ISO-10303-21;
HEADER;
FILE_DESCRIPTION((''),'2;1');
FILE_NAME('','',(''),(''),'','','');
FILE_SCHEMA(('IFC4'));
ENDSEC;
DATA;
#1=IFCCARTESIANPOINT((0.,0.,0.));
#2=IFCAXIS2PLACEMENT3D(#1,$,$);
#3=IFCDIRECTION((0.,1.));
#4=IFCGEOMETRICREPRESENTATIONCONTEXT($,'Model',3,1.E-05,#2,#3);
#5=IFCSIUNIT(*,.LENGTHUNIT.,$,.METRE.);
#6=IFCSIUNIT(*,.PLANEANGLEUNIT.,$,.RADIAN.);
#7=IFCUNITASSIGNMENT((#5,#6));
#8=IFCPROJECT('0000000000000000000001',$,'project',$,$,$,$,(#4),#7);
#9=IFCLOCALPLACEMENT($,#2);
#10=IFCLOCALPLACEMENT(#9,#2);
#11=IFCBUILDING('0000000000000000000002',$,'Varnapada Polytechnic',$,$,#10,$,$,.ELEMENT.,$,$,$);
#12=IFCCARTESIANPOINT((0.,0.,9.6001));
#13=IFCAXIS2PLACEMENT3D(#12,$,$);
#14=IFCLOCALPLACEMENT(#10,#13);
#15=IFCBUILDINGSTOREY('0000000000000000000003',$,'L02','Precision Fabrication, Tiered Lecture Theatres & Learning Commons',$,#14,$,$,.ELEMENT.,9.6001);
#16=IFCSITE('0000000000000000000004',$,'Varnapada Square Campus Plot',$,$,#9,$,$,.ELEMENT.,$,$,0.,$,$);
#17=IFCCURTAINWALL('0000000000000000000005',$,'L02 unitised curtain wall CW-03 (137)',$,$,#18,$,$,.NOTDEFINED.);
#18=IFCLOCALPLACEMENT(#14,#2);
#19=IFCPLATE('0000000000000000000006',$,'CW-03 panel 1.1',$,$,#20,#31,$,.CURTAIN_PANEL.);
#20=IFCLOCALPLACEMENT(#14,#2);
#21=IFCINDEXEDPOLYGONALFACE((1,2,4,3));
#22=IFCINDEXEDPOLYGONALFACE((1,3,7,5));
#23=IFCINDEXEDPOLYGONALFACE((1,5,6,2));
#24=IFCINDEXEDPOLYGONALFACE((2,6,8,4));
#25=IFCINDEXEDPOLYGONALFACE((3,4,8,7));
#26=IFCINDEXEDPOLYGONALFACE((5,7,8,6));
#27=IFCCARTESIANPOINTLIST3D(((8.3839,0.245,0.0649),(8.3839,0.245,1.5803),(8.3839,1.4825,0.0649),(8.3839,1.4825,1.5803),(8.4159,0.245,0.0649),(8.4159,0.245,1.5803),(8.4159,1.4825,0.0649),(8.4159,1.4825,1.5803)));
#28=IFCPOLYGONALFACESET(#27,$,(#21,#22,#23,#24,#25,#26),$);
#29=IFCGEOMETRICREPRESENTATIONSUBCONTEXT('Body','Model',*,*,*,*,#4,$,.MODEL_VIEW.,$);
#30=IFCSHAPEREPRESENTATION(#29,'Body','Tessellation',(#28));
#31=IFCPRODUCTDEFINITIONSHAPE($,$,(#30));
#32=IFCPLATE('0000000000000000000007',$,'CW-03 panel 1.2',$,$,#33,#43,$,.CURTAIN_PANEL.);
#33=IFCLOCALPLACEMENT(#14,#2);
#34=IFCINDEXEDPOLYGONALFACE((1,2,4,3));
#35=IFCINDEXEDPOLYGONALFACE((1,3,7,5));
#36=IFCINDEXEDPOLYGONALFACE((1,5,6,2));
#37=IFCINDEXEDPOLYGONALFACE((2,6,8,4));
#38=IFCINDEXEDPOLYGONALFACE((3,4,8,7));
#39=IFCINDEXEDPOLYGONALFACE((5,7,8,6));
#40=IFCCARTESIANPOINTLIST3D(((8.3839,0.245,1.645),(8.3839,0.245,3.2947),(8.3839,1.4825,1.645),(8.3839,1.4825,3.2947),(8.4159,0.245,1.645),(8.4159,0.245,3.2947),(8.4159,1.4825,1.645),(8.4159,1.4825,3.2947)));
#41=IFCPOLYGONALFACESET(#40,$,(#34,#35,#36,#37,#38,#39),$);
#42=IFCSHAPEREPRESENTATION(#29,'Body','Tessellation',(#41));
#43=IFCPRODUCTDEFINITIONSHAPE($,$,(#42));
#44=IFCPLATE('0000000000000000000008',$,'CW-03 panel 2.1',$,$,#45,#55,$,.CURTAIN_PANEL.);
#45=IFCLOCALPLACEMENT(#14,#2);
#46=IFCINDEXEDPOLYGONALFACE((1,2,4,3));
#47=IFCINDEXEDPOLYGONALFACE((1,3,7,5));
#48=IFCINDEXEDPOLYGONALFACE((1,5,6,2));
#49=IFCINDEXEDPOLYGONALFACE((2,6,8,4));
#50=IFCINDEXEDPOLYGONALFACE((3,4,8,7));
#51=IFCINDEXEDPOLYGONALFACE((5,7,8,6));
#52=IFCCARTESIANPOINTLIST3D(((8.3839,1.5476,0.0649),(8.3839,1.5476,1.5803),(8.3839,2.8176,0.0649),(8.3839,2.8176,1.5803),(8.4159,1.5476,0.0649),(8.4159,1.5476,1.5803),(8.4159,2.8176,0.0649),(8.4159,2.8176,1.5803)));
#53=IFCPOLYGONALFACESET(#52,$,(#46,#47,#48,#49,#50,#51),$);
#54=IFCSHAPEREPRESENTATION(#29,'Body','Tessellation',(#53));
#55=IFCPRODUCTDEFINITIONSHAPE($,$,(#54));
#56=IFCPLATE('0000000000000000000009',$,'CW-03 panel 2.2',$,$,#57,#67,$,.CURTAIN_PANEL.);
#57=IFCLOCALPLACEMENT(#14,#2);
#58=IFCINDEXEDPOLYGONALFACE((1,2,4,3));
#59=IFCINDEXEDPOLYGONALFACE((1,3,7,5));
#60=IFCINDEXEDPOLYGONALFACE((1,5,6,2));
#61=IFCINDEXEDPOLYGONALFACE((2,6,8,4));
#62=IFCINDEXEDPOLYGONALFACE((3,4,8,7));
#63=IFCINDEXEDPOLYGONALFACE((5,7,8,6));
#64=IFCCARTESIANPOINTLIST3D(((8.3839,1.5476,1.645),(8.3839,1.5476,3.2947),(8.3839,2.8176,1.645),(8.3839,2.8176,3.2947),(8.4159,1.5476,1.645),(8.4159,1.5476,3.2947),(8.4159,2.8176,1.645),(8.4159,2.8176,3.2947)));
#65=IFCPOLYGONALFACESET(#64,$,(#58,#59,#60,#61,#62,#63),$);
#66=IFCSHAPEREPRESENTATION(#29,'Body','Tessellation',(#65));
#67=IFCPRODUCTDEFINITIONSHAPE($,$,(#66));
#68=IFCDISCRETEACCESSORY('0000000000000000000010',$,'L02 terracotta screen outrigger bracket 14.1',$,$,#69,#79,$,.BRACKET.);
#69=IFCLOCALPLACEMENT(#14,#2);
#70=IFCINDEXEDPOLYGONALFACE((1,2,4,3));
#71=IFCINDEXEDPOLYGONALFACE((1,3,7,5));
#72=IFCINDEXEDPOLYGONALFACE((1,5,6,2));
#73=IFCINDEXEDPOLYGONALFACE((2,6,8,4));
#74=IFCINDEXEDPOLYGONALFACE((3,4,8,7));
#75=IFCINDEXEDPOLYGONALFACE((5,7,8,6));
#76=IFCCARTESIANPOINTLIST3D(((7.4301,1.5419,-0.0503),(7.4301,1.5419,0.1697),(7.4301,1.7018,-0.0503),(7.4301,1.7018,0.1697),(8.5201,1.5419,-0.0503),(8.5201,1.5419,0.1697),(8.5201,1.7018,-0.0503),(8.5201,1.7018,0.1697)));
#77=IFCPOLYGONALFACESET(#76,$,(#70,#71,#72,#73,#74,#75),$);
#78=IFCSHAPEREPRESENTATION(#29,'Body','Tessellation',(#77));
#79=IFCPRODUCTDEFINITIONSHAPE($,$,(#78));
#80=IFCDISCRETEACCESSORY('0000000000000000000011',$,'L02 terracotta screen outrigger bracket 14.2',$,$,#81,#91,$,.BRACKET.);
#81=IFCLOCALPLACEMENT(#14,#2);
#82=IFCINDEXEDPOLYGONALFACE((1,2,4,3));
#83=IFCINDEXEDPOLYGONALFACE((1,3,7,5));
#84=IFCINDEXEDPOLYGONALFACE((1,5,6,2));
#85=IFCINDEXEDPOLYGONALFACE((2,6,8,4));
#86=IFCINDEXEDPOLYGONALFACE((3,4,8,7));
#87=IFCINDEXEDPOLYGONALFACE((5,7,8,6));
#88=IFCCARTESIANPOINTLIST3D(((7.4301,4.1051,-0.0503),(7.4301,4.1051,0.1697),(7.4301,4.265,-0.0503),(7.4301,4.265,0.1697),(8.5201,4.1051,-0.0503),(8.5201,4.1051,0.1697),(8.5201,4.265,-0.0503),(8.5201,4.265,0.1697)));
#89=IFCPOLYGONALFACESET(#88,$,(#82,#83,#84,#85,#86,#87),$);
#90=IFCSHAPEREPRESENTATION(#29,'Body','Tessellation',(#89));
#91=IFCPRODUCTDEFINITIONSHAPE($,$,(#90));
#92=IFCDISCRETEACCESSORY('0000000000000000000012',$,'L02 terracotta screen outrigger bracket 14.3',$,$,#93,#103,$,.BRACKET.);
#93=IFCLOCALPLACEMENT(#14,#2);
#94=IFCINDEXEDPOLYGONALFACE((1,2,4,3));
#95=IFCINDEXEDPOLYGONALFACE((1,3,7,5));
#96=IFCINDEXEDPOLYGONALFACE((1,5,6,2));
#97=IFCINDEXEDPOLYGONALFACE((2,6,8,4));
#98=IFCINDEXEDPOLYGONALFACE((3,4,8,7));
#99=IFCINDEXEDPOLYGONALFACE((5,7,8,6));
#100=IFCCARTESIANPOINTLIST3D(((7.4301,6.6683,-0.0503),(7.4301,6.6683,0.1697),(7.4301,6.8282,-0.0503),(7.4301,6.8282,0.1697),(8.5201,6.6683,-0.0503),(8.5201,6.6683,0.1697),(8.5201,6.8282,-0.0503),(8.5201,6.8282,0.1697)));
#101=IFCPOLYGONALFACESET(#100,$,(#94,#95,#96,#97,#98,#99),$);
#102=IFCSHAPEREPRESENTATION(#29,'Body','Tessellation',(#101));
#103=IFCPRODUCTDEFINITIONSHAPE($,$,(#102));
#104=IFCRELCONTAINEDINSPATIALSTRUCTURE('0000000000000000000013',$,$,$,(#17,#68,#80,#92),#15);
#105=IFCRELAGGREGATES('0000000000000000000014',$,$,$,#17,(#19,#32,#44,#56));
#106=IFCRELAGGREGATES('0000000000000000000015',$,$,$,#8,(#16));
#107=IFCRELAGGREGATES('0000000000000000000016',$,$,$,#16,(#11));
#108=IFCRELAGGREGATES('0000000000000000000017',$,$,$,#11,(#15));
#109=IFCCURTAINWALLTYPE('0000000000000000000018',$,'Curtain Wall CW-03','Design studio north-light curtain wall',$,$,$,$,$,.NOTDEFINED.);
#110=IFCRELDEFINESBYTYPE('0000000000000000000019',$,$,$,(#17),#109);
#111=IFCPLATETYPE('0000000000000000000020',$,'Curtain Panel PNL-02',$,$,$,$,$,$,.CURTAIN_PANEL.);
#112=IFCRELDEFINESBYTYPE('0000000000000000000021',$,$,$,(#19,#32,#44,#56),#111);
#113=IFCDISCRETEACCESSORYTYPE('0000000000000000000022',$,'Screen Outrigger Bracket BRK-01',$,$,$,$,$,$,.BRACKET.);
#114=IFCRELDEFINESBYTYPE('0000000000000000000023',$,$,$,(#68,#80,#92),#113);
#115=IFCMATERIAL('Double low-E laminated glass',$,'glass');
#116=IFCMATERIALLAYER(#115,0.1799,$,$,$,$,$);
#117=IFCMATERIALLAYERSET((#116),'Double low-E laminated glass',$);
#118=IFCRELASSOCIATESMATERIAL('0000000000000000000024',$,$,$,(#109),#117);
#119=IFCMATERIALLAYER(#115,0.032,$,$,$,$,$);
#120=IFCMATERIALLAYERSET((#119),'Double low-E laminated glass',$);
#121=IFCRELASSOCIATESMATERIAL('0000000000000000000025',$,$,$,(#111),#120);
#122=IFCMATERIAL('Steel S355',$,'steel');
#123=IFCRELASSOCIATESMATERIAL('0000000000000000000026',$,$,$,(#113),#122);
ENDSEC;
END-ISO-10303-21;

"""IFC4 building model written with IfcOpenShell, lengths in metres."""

from ifc_helpers import new_model, si_unit, direction, frame, origin, origin_2d, place, context, subcontext, project, spatial, rectangle, extrude, material, layer, layer_set, type_object, element, aggregate, save


model = new_model("IFC4")

# Units and contexts
model_context = context("Model", 3, precision=1e-05, world=origin(), true_north=direction((0.0, 1.0)))
body_context = subcontext(model_context, "Body", "Model", "MODEL_VIEW")
ifc_project = project(units=[si_unit("LENGTHUNIT", "METRE"), si_unit("PLANEANGLEUNIT", "RADIAN")], contexts=[model_context])

# Site, building, storey
site_placement = place(None, origin())
site = spatial("IfcSite", under=ifc_project, at=site_placement, Name="Varnapada Square Campus Plot", CompositionType="ELEMENT", RefElevation=0.0)
building_placement = place(site_placement, origin())
building = spatial("IfcBuilding", under=site, at=building_placement, Name="Varnapada Polytechnic", CompositionType="ELEMENT")
storey_placement = place(building_placement, frame((0.0, 0.0, 9.6001)))
storey = spatial("IfcBuildingStorey", under=building, at=storey_placement, Name="L02", Description="Precision Fabrication, Tiered Lecture Theatres & Learning Commons", CompositionType="ELEMENT", Elevation=9.6001)

# Curtain wall
ifc_material_1 = material(Name="Double low-E laminated glass", Category="glass")
ifc_layer_1 = layer(ifc_material_1, 0.1799)
ifc_layer_set_1 = layer_set([ifc_layer_1], Name="Double low-E laminated glass")
curtain_wall_type = type_object("IfcCurtainWallType", Name="Curtain Wall CW-03", Description="Design studio north-light curtain wall", PredefinedType="NOTDEFINED", material=ifc_layer_set_1)
curtain_wall_placement = place(storey_placement, origin())
curtain_wall = element("IfcCurtainWall", 1, at=curtain_wall_placement, inside=storey, type_object=curtain_wall_type, Name="L02 unitised curtain wall CW-03 (137)", PredefinedType="NOTDEFINED")

# Plates
ifc_layer_2 = layer(ifc_material_1, 0.032)
ifc_layer_set_2 = layer_set([ifc_layer_2], Name="Double low-E laminated glass")
plate_type = type_object("IfcPlateType", Name="Curtain Panel PNL-02", PredefinedType="CURTAIN_PANEL", material=ifc_layer_set_2)
plate_1_placement = place(storey_placement, frame((8.3999, 0.8638, 0.0649), z_axis=(0.0, 0.0, 1.0), x_axis=(0.0, 1.0, 0.0)))
plate_1 = element("IfcPlate", 2, at=plate_1_placement, type_object=plate_type, Name="CW-03 panel 1.1", PredefinedType="CURTAIN_PANEL", context=body_context, shape_type="SweptSolid", body=[
    extrude(rectangle(XDim=1.2375, YDim=0.032, at=origin_2d()), origin(), (0.0, 0.0, 1.0), 1.5154),
])
plate_2_placement = place(storey_placement, frame((8.3999, 0.8638, 1.645), z_axis=(0.0, 0.0, 1.0), x_axis=(0.0, 1.0, 0.0)))
plate_2 = element("IfcPlate", 3, at=plate_2_placement, type_object=plate_type, Name="CW-03 panel 1.2", PredefinedType="CURTAIN_PANEL", context=body_context, shape_type="SweptSolid", body=[
    extrude(rectangle(XDim=1.2375, YDim=0.032, at=origin_2d()), origin(), (0.0, 0.0, 1.0), 1.6497),
])
plate_3_placement = place(storey_placement, frame((8.3999, 2.1826, 0.0649), z_axis=(0.0, 0.0, 1.0), x_axis=(0.0, 1.0, 0.0)))
plate_3 = element("IfcPlate", 4, at=plate_3_placement, type_object=plate_type, Name="CW-03 panel 2.1", PredefinedType="CURTAIN_PANEL", context=body_context, shape_type="SweptSolid", body=[
    extrude(rectangle(XDim=1.27, YDim=0.032, at=origin_2d()), origin(), (0.0, 0.0, 1.0), 1.5154),
])
plate_4_placement = place(storey_placement, frame((8.3999, 2.1826, 1.645), z_axis=(0.0, 0.0, 1.0), x_axis=(0.0, 1.0, 0.0)))
plate_4 = element("IfcPlate", 5, at=plate_4_placement, type_object=plate_type, Name="CW-03 panel 2.2", PredefinedType="CURTAIN_PANEL", context=body_context, shape_type="SweptSolid", body=[
    extrude(rectangle(XDim=1.27, YDim=0.032, at=origin_2d()), origin(), (0.0, 0.0, 1.0), 1.6497),
])
aggregate(curtain_wall, [plate_1, plate_2, plate_3, plate_4])

# Discrete accessories
ifc_material_2 = material(Name="Steel S355", Category="steel")
discrete_accessory_type = type_object("IfcDiscreteAccessoryType", Name="Screen Outrigger Bracket BRK-01", PredefinedType="BRACKET", material=ifc_material_2)
for number, where, z_axis, x_axis, name in (
    (6, (7.9751, 1.6218, -0.0503), (0.0, 0.0, 1.0), (0.0, 1.0, 0.0), "L02 terracotta screen outrigger bracket 14.1"),
    (7, (7.9751, 4.1851, -0.0503), (0.0, 0.0, 1.0), (0.0, 1.0, 0.0), "L02 terracotta screen outrigger bracket 14.2"),
    (8, (7.9751, 6.7483, -0.0503), (0.0, 0.0, 1.0), (0.0, 1.0, 0.0), "L02 terracotta screen outrigger bracket 14.3"),
):
    element("IfcDiscreteAccessory", number, at=place(storey_placement, frame(where, z_axis=z_axis, x_axis=x_axis)), inside=storey, type_object=discrete_accessory_type, Name=name, PredefinedType="BRACKET", context=body_context, shape_type="SweptSolid", body=[
        extrude(rectangle(XDim=0.1599, YDim=1.0901, at=origin_2d()), origin(), (0.0, 0.0, 1.0), 0.22),
    ])

save(model, "model.ifc")
